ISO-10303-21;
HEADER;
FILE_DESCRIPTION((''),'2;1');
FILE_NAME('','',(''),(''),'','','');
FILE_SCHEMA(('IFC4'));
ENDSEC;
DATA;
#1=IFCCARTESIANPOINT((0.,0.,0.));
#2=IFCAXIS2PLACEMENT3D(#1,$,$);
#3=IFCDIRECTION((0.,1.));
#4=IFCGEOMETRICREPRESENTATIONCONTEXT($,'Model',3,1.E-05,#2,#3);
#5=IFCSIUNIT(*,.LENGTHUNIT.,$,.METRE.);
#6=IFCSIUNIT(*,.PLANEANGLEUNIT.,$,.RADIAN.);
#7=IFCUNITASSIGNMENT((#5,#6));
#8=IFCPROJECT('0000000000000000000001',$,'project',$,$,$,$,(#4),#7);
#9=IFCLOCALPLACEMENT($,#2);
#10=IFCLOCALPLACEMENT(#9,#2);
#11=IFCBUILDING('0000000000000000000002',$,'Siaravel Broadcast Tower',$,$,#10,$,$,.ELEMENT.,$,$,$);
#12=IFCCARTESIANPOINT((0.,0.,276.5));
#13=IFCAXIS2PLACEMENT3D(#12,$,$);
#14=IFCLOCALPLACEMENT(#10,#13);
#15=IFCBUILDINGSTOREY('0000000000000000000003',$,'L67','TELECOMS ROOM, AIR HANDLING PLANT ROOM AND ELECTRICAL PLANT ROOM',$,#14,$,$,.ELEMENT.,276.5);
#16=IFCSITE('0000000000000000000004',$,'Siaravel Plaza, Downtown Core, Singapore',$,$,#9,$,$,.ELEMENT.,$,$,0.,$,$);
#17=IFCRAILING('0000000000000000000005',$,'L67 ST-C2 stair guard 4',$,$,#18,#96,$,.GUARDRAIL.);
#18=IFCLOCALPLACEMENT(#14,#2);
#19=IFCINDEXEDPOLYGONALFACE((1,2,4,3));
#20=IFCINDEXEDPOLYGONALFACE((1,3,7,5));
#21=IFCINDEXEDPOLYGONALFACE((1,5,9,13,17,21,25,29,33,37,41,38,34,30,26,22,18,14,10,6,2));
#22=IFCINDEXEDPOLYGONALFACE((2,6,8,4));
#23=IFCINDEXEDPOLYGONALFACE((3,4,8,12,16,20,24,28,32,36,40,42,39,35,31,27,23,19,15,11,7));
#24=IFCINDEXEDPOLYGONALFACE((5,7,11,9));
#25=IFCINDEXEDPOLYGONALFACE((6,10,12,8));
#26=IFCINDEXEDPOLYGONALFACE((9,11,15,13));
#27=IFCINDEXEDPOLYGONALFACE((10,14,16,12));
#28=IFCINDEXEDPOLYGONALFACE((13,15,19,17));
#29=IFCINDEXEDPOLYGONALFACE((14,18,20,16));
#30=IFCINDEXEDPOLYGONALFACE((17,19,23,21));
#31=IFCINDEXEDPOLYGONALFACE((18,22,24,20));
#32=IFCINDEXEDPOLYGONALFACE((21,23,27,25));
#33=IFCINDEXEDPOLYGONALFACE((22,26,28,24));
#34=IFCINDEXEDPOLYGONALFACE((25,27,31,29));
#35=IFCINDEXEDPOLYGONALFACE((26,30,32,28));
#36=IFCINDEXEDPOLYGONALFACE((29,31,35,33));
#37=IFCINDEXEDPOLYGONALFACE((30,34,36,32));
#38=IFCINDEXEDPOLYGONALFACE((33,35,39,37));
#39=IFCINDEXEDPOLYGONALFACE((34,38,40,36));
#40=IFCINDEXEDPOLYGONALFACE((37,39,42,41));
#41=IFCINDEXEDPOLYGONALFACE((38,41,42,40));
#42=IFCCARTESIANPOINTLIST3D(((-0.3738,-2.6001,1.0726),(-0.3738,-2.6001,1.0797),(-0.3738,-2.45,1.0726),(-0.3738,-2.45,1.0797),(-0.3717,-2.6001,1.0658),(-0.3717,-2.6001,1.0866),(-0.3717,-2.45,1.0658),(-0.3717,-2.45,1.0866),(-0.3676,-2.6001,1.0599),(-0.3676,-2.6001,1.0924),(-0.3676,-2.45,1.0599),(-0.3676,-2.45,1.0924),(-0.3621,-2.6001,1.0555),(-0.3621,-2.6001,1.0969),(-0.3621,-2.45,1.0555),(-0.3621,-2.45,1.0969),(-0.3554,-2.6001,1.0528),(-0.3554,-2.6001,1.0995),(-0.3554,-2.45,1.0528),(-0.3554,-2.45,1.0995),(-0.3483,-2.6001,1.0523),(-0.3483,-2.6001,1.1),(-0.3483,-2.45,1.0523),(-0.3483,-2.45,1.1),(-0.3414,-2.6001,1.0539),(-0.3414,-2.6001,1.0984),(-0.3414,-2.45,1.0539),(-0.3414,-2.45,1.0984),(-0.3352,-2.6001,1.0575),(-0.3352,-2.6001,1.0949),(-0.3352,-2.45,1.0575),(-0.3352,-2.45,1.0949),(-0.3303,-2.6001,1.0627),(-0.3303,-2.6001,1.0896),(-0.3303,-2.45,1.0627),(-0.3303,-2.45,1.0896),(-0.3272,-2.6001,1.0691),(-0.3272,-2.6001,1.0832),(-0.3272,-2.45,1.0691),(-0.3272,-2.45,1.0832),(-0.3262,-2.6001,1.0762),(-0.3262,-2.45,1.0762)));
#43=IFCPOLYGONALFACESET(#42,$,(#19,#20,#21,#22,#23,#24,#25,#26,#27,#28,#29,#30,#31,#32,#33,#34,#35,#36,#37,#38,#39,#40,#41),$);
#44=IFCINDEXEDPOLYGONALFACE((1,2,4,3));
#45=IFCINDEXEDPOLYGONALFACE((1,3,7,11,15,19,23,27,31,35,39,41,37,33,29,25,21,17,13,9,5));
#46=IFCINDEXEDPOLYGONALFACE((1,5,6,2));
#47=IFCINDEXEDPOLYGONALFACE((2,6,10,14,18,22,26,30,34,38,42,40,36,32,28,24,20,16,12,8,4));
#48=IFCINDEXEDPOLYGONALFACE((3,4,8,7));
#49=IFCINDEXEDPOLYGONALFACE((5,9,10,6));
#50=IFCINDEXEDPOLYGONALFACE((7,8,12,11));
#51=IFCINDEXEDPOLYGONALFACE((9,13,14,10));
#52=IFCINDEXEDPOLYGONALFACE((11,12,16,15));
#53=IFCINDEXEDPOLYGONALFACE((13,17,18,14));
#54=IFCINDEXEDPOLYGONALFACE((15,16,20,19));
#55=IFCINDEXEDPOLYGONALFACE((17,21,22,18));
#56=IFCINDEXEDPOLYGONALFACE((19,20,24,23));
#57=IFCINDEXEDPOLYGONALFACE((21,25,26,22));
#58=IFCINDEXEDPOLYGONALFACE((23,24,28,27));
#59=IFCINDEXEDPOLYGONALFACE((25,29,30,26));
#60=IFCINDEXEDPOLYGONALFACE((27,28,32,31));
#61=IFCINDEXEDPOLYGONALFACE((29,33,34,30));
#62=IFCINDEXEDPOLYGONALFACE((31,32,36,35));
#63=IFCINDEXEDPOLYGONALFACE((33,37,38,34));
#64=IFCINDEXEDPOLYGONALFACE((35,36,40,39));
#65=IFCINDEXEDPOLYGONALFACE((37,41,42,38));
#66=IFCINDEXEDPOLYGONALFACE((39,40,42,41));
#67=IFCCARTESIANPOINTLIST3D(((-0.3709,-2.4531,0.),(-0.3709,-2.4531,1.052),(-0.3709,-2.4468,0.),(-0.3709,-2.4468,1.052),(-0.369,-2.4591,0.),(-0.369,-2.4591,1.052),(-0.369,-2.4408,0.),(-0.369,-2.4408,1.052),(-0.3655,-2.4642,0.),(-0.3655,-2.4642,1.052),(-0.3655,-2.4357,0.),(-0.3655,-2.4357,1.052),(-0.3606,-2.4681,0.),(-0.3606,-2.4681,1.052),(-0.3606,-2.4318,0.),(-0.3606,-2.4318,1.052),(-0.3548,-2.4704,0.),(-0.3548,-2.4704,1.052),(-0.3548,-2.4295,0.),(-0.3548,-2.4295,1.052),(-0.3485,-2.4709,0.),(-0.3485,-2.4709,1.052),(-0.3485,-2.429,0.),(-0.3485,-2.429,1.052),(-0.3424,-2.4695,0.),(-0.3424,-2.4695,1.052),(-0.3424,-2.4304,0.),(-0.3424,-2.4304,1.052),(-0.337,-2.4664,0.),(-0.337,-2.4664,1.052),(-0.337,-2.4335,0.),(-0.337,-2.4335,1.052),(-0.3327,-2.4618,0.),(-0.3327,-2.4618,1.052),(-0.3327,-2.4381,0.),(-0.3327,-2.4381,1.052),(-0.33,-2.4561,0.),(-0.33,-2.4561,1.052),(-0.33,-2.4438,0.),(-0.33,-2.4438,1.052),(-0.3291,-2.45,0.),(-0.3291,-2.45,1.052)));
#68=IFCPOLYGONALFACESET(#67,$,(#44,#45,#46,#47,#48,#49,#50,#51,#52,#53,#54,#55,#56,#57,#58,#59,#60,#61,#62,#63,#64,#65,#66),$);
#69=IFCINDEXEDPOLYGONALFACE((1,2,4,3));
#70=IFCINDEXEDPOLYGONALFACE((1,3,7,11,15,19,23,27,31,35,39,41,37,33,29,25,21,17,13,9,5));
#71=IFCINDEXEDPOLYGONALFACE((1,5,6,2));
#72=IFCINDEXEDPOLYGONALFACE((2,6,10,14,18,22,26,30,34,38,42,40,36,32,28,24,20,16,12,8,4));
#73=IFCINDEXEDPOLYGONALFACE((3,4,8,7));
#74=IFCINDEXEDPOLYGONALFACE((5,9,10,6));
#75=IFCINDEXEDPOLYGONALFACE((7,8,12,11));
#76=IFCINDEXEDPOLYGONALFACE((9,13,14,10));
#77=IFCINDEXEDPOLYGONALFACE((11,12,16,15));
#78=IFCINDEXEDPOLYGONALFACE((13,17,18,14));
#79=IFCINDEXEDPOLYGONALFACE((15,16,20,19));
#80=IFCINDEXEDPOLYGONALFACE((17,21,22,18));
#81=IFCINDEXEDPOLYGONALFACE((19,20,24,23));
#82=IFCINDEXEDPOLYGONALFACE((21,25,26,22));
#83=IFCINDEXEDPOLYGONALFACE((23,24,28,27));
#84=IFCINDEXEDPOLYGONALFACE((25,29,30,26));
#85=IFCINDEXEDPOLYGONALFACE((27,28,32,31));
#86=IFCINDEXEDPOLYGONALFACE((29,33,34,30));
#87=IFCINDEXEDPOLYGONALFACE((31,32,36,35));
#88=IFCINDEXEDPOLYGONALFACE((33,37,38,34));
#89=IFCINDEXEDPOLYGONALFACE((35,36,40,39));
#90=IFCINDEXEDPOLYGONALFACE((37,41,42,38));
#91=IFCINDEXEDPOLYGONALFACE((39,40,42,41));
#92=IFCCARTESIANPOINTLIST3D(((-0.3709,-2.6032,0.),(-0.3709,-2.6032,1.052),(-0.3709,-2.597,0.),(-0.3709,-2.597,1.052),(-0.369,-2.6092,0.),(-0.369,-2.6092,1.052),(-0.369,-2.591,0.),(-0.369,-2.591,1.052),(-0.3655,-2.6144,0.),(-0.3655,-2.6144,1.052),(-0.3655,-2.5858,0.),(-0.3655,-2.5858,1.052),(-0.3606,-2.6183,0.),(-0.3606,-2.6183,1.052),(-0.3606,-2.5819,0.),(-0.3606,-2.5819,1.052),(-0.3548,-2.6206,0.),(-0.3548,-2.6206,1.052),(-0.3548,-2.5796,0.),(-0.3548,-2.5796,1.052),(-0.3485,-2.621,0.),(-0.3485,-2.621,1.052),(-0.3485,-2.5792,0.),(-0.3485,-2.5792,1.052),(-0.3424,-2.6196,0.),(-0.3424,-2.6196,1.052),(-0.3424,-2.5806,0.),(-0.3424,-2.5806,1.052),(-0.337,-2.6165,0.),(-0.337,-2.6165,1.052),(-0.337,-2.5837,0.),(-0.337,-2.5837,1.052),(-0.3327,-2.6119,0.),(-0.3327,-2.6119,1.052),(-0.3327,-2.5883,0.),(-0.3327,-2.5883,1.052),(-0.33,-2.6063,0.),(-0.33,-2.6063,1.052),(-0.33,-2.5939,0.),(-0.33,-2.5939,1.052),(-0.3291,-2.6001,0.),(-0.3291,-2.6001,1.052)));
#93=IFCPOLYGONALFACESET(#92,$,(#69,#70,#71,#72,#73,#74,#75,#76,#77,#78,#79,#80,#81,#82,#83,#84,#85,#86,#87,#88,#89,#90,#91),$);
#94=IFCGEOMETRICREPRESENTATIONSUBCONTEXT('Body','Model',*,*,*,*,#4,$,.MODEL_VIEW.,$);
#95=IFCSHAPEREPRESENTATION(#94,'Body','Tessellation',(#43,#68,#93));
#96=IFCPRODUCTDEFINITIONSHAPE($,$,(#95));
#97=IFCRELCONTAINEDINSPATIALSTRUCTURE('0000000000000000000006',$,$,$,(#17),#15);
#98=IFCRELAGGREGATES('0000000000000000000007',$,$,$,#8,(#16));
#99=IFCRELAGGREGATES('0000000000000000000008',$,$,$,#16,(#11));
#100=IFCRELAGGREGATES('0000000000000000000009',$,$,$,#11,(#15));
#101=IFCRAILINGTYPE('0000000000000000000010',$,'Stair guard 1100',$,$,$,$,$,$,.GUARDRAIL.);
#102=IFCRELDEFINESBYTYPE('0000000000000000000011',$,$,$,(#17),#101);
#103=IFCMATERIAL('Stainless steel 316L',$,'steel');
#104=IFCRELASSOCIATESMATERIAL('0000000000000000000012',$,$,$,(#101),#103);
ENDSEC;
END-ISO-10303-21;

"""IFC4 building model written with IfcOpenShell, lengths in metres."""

from ifc_helpers import new_model, si_unit, direction, frame, origin, origin_2d, place, context, subcontext, project, spatial, circle, extrude, material, type_object, element, save


model = new_model("IFC4")

# Units and contexts
model_context = context("Model", 3, precision=1e-05, world=origin(), true_north=direction((0.0, 1.0)))
body_context = subcontext(model_context, "Body", "Model", "MODEL_VIEW")
ifc_project = project(units=[si_unit("LENGTHUNIT", "METRE"), si_unit("PLANEANGLEUNIT", "RADIAN")], contexts=[model_context])

# Site, building, storey
site_placement = place(None, origin())
site = spatial("IfcSite", under=ifc_project, at=site_placement, Name="Siaravel Plaza, Downtown Core, Singapore", CompositionType="ELEMENT", RefElevation=0.0)
building_placement = place(site_placement, origin())
building = spatial("IfcBuilding", under=site, at=building_placement, Name="Siaravel Broadcast Tower", CompositionType="ELEMENT")
storey_placement = place(building_placement, frame((0.0, 0.0, 276.5)))
storey = spatial("IfcBuildingStorey", under=building, at=storey_placement, Name="L67", Description="TELECOMS ROOM, AIR HANDLING PLANT ROOM AND ELECTRICAL PLANT ROOM", CompositionType="ELEMENT", Elevation=276.5)

# Shared definitions
ifc_material_1 = material(Name="Stainless steel 316L", Category="steel")

# Railing
railing_type_1 = type_object("IfcRailingType", Name="Stair guard 1100", PredefinedType="GUARDRAIL", material=ifc_material_1)
railing_1_placement = place(storey_placement, frame((-0.3501, -2.45, 0.0)))
element("IfcRailing", 1, at=railing_1_placement, inside=storey, type_object=railing_type_1, Name="L67 ST-C2 stair guard 4", PredefinedType="GUARDRAIL", context=body_context, shape_type="SweptSolid", body=[
    extrude(circle(Radius=0.0239, at=origin_2d()), frame((0.0, 0.0, 1.0762), z_axis=(0.0, -1.0, 0.0), x_axis=(1.0, 0.0, 0.0)), (0.0, 0.0, 1.0), 0.1501),
    extrude(circle(Radius=0.021, at=origin_2d()), origin(), (0.0, 0.0, 1.0), 1.052),
    extrude(circle(Radius=0.021, at=origin_2d()), frame((0.0, -0.1501, 0.0)), (0.0, 0.0, 1.0), 1.052),
])

save(model, "model.ifc")
